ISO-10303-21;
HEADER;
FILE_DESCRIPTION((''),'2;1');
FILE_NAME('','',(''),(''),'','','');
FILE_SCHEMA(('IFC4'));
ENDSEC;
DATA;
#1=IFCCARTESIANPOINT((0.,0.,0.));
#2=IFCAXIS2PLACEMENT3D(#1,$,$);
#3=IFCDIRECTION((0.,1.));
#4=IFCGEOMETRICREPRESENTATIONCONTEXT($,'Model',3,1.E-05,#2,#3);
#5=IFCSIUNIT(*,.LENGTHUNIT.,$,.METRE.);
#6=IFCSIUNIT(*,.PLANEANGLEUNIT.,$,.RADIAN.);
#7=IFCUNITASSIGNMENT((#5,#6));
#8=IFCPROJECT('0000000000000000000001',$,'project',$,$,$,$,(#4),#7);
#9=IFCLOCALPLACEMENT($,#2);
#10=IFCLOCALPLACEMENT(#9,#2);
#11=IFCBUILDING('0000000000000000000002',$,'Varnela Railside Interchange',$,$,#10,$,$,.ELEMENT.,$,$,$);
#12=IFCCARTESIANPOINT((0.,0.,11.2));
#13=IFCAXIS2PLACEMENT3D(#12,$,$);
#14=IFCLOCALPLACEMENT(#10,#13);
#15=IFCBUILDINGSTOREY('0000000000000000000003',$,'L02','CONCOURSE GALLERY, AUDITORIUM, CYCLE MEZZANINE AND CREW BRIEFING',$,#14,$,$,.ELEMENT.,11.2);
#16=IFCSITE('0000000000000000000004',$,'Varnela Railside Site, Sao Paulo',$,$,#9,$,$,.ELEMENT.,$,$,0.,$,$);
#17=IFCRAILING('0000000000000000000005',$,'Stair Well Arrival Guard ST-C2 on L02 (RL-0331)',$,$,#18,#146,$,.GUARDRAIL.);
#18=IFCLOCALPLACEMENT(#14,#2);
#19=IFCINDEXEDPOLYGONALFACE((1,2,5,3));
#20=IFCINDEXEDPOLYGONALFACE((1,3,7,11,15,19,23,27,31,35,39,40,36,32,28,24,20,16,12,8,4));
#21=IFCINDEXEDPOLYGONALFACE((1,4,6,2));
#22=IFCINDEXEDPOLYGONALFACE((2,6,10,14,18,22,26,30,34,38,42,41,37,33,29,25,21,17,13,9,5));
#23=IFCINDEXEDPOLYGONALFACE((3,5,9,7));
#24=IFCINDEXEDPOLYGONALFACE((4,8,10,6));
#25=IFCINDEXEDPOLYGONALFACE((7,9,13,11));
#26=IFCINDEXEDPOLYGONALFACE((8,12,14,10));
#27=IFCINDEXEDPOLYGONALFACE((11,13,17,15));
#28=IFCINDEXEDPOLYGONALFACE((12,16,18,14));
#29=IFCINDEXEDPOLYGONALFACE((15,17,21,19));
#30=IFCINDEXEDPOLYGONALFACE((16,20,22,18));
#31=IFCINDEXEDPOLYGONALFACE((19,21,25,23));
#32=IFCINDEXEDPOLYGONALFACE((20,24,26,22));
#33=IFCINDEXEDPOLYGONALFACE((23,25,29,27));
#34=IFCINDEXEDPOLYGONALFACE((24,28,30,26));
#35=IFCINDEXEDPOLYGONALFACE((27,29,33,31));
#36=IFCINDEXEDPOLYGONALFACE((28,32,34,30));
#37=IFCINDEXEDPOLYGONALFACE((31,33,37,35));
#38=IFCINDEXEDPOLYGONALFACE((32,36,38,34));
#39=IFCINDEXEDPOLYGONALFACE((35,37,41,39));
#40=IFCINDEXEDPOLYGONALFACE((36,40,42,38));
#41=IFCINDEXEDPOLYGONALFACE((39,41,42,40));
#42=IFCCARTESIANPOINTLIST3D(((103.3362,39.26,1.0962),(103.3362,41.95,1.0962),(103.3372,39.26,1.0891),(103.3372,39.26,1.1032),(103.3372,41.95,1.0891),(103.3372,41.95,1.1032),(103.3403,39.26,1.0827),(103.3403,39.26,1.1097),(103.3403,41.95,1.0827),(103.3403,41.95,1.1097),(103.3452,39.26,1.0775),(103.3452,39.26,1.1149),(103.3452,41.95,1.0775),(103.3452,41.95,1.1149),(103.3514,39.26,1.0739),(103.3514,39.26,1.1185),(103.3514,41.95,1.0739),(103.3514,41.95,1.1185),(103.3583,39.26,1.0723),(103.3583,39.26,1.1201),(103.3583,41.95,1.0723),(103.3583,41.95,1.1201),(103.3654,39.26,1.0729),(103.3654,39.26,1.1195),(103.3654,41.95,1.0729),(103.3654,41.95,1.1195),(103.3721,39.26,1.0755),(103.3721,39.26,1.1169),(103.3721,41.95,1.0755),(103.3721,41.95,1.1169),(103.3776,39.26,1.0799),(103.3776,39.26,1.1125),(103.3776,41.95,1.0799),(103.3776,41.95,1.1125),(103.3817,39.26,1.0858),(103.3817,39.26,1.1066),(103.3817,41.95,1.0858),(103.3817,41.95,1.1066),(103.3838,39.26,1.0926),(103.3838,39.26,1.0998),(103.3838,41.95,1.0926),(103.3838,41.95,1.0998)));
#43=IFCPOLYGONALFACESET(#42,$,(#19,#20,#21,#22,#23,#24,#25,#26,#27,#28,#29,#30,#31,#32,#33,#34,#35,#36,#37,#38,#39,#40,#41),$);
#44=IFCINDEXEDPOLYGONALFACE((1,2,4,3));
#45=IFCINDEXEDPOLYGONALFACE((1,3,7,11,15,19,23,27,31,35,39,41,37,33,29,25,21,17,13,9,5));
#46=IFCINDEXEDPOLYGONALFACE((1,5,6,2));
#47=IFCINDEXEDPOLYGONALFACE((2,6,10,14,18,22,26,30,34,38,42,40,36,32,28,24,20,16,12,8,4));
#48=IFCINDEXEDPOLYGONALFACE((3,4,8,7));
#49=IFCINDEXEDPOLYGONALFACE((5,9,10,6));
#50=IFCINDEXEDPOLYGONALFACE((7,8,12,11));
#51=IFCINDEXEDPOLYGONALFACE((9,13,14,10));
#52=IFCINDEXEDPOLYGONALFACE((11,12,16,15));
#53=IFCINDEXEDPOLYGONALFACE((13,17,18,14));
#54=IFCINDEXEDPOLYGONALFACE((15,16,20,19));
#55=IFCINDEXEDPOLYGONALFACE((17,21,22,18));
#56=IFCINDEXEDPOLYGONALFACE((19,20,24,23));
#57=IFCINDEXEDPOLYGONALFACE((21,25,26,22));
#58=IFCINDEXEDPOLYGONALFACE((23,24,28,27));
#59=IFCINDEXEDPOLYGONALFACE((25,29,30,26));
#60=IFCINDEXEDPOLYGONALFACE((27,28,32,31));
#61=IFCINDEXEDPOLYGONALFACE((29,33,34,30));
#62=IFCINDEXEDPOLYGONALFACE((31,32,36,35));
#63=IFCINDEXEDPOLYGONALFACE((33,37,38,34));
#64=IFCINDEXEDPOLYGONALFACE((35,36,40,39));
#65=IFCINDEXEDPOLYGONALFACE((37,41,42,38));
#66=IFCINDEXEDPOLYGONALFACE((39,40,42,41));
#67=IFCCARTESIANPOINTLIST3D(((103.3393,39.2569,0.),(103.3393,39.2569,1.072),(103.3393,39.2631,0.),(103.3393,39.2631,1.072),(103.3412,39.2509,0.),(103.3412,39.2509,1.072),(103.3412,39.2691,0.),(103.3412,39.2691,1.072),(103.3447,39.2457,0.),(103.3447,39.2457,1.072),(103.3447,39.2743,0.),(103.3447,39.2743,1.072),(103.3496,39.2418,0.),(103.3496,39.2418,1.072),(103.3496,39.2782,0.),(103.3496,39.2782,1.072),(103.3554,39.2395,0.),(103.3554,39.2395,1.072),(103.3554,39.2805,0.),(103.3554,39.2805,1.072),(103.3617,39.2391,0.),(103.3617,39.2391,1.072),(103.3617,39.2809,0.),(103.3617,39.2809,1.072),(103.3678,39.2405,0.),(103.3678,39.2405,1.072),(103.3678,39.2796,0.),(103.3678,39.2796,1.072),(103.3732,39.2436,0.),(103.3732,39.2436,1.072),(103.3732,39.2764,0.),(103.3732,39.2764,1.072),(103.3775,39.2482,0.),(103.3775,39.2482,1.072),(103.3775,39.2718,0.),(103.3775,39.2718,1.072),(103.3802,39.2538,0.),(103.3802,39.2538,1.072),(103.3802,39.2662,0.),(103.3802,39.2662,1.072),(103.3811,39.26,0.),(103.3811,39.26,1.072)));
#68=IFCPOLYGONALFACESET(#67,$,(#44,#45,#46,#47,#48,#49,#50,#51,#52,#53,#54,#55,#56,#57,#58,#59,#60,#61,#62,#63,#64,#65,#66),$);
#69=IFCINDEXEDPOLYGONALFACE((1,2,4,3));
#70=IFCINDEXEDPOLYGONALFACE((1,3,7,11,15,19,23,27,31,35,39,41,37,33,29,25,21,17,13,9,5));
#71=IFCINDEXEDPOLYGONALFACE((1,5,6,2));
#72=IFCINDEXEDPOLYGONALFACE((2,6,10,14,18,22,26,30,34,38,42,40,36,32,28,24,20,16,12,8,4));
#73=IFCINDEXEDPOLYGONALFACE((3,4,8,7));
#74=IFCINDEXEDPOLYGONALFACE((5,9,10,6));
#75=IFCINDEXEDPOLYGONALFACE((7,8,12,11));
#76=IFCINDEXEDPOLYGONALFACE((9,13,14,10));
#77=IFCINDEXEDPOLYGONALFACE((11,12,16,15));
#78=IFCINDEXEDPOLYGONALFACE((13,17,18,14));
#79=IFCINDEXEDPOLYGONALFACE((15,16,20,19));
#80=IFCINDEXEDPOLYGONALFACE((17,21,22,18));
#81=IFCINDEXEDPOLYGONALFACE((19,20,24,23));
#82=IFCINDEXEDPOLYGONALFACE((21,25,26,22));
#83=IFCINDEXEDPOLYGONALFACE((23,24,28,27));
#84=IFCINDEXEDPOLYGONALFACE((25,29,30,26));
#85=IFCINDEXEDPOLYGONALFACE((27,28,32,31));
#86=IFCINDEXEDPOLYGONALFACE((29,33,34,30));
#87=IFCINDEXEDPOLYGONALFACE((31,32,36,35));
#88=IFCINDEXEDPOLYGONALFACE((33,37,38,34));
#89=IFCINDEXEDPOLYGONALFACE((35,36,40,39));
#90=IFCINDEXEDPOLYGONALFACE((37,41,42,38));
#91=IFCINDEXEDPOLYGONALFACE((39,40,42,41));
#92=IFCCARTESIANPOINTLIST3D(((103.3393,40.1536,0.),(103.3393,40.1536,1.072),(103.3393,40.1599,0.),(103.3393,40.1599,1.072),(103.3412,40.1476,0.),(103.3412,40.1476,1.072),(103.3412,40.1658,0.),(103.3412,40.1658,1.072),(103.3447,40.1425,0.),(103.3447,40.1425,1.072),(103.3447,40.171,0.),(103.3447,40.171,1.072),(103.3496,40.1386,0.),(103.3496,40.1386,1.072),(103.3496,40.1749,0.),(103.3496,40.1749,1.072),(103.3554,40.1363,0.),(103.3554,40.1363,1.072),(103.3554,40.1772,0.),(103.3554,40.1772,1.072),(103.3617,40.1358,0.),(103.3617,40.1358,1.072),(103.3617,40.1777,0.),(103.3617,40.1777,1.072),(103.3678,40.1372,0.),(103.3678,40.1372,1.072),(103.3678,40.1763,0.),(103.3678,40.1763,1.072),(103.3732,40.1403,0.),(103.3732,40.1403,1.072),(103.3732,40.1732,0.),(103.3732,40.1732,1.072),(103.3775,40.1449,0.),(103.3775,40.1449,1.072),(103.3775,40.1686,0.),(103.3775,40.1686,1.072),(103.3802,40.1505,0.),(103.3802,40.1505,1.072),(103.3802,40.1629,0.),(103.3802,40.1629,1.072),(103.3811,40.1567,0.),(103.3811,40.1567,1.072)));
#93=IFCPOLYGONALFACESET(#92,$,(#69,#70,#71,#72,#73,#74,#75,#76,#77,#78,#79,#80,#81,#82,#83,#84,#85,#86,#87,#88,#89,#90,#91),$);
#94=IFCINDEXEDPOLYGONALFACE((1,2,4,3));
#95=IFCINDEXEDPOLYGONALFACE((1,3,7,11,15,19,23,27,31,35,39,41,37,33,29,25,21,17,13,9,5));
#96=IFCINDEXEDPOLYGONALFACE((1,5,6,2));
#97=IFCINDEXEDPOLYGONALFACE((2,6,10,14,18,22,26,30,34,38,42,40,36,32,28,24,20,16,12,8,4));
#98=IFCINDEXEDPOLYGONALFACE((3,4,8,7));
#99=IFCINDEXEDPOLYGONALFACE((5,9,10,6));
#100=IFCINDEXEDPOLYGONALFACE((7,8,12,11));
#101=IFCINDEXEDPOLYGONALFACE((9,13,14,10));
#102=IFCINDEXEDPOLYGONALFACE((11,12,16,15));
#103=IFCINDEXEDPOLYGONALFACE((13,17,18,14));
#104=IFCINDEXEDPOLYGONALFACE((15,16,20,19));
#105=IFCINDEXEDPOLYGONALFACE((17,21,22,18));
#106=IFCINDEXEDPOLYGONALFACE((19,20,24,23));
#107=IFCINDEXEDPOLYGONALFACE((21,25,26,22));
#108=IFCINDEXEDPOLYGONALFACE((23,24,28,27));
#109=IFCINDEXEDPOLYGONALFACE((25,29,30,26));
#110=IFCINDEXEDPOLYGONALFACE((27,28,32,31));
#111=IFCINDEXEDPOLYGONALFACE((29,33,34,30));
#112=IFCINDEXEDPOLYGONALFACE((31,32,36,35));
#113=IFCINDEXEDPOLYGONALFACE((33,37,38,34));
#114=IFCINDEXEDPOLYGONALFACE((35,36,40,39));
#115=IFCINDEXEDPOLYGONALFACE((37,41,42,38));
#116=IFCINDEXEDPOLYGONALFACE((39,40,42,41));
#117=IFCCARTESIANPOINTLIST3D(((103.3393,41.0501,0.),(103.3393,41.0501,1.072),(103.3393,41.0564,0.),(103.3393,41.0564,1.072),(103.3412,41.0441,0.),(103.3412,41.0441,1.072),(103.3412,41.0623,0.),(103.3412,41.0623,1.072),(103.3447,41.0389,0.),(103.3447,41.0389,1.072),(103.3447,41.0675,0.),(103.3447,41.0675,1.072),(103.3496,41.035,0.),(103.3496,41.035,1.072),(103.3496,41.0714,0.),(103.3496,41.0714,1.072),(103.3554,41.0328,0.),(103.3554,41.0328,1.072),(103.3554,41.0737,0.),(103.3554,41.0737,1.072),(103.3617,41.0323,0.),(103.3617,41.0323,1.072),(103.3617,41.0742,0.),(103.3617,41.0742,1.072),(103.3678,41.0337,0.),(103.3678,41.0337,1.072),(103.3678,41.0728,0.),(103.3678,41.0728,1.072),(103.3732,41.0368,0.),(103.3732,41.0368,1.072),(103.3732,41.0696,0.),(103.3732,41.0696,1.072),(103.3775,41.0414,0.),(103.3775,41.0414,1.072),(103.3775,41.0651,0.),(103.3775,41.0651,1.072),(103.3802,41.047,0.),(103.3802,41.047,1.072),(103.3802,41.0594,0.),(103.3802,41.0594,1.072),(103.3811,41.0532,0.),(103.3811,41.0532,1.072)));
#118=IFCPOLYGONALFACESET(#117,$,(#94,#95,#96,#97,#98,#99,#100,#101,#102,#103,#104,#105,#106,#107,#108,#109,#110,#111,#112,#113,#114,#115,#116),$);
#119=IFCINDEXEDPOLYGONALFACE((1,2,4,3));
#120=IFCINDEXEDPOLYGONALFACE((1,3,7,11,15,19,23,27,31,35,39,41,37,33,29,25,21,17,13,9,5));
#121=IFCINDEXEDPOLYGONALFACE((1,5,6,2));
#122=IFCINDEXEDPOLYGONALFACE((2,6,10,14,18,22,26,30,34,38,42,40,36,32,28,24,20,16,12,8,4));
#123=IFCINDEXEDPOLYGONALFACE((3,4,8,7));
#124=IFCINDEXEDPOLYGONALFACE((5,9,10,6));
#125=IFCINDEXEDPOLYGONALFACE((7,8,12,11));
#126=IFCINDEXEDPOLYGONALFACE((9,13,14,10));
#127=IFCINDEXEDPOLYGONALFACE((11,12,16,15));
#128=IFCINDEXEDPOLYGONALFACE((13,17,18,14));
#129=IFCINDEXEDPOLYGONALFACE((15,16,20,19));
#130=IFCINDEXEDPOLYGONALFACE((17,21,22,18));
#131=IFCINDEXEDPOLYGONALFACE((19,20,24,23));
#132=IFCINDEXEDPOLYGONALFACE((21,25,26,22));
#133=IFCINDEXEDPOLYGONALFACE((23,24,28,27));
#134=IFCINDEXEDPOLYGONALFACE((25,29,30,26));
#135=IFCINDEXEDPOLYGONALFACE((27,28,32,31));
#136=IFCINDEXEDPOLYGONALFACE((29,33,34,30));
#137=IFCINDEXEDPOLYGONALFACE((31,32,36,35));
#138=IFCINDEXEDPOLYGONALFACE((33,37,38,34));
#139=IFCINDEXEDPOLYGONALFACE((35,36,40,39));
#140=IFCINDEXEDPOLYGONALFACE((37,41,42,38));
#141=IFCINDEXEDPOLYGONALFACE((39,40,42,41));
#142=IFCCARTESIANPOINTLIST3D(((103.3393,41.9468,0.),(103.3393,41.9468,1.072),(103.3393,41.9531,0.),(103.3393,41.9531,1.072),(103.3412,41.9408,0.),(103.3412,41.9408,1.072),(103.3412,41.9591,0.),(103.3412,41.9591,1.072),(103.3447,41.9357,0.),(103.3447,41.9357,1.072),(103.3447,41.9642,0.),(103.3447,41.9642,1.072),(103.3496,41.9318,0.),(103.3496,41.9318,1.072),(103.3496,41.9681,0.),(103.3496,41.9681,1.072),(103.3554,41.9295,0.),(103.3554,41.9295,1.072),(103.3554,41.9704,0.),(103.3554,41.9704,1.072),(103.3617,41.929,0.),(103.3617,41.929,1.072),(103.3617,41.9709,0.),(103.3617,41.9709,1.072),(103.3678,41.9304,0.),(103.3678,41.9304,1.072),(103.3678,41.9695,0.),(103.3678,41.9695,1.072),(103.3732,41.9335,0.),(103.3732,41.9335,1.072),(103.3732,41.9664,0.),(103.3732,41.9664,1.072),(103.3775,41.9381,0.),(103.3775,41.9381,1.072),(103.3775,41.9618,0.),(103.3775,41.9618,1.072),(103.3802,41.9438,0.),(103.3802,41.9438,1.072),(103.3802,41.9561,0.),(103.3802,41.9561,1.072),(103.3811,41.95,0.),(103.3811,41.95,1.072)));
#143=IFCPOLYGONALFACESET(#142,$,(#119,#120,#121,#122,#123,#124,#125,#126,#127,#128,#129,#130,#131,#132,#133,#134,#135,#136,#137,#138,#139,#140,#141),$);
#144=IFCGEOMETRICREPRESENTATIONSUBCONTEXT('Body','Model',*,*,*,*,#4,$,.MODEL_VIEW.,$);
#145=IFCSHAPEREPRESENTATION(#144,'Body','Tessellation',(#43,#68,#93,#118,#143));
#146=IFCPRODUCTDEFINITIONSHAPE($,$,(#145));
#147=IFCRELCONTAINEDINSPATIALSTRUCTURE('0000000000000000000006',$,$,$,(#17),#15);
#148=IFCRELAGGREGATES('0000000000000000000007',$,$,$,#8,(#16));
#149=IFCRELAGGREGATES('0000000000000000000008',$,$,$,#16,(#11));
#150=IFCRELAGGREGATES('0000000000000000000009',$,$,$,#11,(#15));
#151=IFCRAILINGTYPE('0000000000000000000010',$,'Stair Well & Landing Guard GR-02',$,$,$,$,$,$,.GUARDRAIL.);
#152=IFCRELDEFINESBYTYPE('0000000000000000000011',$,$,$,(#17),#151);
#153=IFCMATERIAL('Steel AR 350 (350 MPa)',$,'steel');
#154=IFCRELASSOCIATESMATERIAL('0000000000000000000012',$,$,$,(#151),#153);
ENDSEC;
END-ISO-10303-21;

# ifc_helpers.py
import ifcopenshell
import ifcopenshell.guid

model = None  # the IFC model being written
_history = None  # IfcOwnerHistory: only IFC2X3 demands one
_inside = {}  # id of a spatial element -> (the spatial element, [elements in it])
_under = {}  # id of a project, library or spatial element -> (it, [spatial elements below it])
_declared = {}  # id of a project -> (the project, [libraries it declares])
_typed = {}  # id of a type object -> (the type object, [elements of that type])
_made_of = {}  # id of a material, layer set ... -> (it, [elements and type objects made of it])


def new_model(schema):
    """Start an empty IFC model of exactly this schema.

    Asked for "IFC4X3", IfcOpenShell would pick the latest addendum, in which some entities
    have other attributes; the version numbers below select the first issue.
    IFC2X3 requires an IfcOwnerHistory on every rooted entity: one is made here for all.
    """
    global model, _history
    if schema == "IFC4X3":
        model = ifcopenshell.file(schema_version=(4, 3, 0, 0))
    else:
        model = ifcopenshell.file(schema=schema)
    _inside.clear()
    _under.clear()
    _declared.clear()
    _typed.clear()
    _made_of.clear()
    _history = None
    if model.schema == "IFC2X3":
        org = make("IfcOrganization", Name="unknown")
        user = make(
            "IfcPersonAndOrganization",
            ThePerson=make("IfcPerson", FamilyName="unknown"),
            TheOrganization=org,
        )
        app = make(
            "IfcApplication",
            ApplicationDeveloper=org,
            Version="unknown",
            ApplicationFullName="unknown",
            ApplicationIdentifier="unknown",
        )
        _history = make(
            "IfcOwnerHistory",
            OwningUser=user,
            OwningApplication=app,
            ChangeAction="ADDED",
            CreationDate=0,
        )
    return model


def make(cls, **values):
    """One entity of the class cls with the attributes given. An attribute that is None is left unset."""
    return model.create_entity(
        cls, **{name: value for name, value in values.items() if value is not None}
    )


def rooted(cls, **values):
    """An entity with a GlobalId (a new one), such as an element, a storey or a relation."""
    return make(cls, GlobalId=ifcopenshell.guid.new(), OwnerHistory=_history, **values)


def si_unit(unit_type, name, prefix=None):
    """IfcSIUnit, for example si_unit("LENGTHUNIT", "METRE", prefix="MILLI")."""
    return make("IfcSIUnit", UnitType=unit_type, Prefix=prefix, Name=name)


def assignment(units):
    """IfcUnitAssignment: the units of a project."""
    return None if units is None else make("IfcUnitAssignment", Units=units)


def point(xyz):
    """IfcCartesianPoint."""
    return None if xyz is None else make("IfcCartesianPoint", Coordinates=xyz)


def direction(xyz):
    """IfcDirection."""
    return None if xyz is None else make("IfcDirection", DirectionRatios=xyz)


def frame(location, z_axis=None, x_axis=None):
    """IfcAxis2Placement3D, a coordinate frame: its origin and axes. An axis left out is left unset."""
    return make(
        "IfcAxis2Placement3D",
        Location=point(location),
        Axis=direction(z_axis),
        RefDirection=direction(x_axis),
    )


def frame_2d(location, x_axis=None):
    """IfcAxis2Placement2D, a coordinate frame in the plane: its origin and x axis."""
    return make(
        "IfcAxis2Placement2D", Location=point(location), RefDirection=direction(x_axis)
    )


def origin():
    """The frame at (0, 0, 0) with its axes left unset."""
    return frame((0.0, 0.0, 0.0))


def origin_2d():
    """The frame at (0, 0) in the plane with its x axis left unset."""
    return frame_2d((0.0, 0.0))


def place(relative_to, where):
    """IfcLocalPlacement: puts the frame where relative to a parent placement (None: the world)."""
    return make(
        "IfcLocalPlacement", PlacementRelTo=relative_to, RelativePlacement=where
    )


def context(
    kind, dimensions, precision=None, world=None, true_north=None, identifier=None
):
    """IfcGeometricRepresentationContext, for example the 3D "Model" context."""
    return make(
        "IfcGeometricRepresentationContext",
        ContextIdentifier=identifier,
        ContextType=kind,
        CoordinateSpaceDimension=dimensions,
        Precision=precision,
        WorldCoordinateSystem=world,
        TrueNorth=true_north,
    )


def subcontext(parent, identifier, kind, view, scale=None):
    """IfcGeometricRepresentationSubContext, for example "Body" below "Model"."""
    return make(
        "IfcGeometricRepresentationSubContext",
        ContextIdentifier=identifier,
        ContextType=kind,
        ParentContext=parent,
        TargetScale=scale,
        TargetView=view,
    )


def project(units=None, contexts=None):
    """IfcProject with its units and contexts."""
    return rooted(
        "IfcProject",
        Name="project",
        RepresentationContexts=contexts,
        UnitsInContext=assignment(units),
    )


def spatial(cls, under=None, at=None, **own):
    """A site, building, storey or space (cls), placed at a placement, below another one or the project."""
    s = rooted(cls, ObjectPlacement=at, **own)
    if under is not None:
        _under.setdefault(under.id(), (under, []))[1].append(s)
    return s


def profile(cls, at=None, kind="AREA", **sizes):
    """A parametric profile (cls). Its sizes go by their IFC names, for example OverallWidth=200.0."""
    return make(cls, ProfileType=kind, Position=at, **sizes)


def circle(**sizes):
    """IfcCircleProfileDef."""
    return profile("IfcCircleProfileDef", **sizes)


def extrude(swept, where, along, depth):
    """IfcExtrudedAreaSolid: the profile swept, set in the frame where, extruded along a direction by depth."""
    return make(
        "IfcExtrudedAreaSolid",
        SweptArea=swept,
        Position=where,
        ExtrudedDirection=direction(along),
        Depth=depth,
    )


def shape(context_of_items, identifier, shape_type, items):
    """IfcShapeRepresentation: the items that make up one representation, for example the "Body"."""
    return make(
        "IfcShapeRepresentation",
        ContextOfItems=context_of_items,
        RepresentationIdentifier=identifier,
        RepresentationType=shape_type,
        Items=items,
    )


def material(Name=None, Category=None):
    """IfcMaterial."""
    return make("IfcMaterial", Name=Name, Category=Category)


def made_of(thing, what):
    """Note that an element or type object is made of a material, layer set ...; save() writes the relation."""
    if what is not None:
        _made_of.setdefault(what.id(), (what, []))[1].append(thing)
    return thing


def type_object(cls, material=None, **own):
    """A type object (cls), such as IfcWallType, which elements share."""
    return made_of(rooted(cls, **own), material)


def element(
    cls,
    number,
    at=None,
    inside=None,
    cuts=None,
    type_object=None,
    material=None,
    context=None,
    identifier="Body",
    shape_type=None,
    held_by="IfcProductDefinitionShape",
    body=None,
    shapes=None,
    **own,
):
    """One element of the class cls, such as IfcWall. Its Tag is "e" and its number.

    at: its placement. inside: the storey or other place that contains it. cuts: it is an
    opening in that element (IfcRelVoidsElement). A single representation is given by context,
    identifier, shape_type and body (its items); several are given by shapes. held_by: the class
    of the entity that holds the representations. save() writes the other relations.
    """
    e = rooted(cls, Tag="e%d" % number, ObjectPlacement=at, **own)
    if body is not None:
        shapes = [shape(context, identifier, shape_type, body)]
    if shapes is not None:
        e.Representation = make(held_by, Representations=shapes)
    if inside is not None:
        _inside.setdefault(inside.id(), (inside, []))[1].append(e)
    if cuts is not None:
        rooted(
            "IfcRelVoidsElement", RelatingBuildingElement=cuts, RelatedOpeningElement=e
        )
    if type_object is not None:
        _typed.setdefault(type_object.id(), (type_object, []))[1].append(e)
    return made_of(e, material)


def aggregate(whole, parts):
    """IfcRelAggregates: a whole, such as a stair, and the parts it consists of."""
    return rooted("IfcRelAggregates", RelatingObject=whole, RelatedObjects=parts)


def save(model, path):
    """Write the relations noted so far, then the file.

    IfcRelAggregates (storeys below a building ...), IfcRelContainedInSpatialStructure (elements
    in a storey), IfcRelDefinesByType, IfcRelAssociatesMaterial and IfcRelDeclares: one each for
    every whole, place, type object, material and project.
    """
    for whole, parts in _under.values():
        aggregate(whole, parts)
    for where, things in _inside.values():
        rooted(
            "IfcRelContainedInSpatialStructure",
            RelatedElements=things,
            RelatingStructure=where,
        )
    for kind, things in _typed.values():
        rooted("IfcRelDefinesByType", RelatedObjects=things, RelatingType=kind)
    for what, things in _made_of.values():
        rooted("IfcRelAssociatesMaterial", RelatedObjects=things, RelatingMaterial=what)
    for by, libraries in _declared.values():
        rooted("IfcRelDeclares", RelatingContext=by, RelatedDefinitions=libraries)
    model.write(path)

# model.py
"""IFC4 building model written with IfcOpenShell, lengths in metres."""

from ifc_helpers import new_model, si_unit, direction, frame, origin, origin_2d, place, context, subcontext, project, spatial, circle, extrude, material, type_object, element, save


model = new_model("IFC4")

# Units and contexts
model_context = context("Model", 3, precision=1e-05, world=origin(), true_north=direction((0.0, 1.0)))
body_context = subcontext(model_context, "Body", "Model", "MODEL_VIEW")
ifc_project = project(units=[si_unit("LENGTHUNIT", "METRE"), si_unit("PLANEANGLEUNIT", "RADIAN")], contexts=[model_context])

# Site, building, storey
site_placement = place(None, origin())
site = spatial("IfcSite", under=ifc_project, at=site_placement, Name="Varnela Railside Site, Sao Paulo", CompositionType="ELEMENT", RefElevation=0.0)
building_placement = place(site_placement, origin())
building = spatial("IfcBuilding", under=site, at=building_placement, Name="Varnela Railside Interchange", CompositionType="ELEMENT")
storey_placement = place(building_placement, frame((0.0, 0.0, 11.2)))
storey = spatial("IfcBuildingStorey", under=building, at=storey_placement, Name="L02", Description="CONCOURSE GALLERY, AUDITORIUM, CYCLE MEZZANINE AND CREW BRIEFING", CompositionType="ELEMENT", Elevation=11.2)

# Shared definitions
ifc_material_1 = material(Name="Steel AR 350 (350 MPa)", Category="steel")

# Railing
railing_type_1 = type_object("IfcRailingType", Name="Stair Well & Landing Guard GR-02", PredefinedType="GUARDRAIL", material=ifc_material_1)
for number, where, name in (
    (1, (103.3601, 39.26, 0.0), "Stair Well Arrival Guard ST-C2 on L02 (RL-0331)"),
):
    element("IfcRailing", number, at=place(storey_placement, frame(where)), inside=storey, type_object=railing_type_1, Name=name, PredefinedType="GUARDRAIL", context=body_context, shape_type="SweptSolid", body=[
        extrude(circle(Radius=0.0239, at=origin_2d()), frame((0.0, 0.0, 1.0962), z_axis=(0.0, 1.0, 0.0), x_axis=(-1.0, 0.0, 0.0)), (0.0, 0.0, 1.0), 2.6899),
        extrude(circle(Radius=0.021, at=origin_2d()), origin(), (0.0, 0.0, 1.0), 1.072),
        extrude(circle(Radius=0.021, at=origin_2d()), frame((0.0, 0.8967, 0.0)), (0.0, 0.0, 1.0), 1.072),
        extrude(circle(Radius=0.021, at=origin_2d()), frame((0.0, 1.7932, 0.0)), (0.0, 0.0, 1.0), 1.072),
        extrude(circle(Radius=0.021, at=origin_2d()), frame((0.0, 2.6899, 0.0)), (0.0, 0.0, 1.0), 1.072),
    ])

save(model, "model.ifc")
